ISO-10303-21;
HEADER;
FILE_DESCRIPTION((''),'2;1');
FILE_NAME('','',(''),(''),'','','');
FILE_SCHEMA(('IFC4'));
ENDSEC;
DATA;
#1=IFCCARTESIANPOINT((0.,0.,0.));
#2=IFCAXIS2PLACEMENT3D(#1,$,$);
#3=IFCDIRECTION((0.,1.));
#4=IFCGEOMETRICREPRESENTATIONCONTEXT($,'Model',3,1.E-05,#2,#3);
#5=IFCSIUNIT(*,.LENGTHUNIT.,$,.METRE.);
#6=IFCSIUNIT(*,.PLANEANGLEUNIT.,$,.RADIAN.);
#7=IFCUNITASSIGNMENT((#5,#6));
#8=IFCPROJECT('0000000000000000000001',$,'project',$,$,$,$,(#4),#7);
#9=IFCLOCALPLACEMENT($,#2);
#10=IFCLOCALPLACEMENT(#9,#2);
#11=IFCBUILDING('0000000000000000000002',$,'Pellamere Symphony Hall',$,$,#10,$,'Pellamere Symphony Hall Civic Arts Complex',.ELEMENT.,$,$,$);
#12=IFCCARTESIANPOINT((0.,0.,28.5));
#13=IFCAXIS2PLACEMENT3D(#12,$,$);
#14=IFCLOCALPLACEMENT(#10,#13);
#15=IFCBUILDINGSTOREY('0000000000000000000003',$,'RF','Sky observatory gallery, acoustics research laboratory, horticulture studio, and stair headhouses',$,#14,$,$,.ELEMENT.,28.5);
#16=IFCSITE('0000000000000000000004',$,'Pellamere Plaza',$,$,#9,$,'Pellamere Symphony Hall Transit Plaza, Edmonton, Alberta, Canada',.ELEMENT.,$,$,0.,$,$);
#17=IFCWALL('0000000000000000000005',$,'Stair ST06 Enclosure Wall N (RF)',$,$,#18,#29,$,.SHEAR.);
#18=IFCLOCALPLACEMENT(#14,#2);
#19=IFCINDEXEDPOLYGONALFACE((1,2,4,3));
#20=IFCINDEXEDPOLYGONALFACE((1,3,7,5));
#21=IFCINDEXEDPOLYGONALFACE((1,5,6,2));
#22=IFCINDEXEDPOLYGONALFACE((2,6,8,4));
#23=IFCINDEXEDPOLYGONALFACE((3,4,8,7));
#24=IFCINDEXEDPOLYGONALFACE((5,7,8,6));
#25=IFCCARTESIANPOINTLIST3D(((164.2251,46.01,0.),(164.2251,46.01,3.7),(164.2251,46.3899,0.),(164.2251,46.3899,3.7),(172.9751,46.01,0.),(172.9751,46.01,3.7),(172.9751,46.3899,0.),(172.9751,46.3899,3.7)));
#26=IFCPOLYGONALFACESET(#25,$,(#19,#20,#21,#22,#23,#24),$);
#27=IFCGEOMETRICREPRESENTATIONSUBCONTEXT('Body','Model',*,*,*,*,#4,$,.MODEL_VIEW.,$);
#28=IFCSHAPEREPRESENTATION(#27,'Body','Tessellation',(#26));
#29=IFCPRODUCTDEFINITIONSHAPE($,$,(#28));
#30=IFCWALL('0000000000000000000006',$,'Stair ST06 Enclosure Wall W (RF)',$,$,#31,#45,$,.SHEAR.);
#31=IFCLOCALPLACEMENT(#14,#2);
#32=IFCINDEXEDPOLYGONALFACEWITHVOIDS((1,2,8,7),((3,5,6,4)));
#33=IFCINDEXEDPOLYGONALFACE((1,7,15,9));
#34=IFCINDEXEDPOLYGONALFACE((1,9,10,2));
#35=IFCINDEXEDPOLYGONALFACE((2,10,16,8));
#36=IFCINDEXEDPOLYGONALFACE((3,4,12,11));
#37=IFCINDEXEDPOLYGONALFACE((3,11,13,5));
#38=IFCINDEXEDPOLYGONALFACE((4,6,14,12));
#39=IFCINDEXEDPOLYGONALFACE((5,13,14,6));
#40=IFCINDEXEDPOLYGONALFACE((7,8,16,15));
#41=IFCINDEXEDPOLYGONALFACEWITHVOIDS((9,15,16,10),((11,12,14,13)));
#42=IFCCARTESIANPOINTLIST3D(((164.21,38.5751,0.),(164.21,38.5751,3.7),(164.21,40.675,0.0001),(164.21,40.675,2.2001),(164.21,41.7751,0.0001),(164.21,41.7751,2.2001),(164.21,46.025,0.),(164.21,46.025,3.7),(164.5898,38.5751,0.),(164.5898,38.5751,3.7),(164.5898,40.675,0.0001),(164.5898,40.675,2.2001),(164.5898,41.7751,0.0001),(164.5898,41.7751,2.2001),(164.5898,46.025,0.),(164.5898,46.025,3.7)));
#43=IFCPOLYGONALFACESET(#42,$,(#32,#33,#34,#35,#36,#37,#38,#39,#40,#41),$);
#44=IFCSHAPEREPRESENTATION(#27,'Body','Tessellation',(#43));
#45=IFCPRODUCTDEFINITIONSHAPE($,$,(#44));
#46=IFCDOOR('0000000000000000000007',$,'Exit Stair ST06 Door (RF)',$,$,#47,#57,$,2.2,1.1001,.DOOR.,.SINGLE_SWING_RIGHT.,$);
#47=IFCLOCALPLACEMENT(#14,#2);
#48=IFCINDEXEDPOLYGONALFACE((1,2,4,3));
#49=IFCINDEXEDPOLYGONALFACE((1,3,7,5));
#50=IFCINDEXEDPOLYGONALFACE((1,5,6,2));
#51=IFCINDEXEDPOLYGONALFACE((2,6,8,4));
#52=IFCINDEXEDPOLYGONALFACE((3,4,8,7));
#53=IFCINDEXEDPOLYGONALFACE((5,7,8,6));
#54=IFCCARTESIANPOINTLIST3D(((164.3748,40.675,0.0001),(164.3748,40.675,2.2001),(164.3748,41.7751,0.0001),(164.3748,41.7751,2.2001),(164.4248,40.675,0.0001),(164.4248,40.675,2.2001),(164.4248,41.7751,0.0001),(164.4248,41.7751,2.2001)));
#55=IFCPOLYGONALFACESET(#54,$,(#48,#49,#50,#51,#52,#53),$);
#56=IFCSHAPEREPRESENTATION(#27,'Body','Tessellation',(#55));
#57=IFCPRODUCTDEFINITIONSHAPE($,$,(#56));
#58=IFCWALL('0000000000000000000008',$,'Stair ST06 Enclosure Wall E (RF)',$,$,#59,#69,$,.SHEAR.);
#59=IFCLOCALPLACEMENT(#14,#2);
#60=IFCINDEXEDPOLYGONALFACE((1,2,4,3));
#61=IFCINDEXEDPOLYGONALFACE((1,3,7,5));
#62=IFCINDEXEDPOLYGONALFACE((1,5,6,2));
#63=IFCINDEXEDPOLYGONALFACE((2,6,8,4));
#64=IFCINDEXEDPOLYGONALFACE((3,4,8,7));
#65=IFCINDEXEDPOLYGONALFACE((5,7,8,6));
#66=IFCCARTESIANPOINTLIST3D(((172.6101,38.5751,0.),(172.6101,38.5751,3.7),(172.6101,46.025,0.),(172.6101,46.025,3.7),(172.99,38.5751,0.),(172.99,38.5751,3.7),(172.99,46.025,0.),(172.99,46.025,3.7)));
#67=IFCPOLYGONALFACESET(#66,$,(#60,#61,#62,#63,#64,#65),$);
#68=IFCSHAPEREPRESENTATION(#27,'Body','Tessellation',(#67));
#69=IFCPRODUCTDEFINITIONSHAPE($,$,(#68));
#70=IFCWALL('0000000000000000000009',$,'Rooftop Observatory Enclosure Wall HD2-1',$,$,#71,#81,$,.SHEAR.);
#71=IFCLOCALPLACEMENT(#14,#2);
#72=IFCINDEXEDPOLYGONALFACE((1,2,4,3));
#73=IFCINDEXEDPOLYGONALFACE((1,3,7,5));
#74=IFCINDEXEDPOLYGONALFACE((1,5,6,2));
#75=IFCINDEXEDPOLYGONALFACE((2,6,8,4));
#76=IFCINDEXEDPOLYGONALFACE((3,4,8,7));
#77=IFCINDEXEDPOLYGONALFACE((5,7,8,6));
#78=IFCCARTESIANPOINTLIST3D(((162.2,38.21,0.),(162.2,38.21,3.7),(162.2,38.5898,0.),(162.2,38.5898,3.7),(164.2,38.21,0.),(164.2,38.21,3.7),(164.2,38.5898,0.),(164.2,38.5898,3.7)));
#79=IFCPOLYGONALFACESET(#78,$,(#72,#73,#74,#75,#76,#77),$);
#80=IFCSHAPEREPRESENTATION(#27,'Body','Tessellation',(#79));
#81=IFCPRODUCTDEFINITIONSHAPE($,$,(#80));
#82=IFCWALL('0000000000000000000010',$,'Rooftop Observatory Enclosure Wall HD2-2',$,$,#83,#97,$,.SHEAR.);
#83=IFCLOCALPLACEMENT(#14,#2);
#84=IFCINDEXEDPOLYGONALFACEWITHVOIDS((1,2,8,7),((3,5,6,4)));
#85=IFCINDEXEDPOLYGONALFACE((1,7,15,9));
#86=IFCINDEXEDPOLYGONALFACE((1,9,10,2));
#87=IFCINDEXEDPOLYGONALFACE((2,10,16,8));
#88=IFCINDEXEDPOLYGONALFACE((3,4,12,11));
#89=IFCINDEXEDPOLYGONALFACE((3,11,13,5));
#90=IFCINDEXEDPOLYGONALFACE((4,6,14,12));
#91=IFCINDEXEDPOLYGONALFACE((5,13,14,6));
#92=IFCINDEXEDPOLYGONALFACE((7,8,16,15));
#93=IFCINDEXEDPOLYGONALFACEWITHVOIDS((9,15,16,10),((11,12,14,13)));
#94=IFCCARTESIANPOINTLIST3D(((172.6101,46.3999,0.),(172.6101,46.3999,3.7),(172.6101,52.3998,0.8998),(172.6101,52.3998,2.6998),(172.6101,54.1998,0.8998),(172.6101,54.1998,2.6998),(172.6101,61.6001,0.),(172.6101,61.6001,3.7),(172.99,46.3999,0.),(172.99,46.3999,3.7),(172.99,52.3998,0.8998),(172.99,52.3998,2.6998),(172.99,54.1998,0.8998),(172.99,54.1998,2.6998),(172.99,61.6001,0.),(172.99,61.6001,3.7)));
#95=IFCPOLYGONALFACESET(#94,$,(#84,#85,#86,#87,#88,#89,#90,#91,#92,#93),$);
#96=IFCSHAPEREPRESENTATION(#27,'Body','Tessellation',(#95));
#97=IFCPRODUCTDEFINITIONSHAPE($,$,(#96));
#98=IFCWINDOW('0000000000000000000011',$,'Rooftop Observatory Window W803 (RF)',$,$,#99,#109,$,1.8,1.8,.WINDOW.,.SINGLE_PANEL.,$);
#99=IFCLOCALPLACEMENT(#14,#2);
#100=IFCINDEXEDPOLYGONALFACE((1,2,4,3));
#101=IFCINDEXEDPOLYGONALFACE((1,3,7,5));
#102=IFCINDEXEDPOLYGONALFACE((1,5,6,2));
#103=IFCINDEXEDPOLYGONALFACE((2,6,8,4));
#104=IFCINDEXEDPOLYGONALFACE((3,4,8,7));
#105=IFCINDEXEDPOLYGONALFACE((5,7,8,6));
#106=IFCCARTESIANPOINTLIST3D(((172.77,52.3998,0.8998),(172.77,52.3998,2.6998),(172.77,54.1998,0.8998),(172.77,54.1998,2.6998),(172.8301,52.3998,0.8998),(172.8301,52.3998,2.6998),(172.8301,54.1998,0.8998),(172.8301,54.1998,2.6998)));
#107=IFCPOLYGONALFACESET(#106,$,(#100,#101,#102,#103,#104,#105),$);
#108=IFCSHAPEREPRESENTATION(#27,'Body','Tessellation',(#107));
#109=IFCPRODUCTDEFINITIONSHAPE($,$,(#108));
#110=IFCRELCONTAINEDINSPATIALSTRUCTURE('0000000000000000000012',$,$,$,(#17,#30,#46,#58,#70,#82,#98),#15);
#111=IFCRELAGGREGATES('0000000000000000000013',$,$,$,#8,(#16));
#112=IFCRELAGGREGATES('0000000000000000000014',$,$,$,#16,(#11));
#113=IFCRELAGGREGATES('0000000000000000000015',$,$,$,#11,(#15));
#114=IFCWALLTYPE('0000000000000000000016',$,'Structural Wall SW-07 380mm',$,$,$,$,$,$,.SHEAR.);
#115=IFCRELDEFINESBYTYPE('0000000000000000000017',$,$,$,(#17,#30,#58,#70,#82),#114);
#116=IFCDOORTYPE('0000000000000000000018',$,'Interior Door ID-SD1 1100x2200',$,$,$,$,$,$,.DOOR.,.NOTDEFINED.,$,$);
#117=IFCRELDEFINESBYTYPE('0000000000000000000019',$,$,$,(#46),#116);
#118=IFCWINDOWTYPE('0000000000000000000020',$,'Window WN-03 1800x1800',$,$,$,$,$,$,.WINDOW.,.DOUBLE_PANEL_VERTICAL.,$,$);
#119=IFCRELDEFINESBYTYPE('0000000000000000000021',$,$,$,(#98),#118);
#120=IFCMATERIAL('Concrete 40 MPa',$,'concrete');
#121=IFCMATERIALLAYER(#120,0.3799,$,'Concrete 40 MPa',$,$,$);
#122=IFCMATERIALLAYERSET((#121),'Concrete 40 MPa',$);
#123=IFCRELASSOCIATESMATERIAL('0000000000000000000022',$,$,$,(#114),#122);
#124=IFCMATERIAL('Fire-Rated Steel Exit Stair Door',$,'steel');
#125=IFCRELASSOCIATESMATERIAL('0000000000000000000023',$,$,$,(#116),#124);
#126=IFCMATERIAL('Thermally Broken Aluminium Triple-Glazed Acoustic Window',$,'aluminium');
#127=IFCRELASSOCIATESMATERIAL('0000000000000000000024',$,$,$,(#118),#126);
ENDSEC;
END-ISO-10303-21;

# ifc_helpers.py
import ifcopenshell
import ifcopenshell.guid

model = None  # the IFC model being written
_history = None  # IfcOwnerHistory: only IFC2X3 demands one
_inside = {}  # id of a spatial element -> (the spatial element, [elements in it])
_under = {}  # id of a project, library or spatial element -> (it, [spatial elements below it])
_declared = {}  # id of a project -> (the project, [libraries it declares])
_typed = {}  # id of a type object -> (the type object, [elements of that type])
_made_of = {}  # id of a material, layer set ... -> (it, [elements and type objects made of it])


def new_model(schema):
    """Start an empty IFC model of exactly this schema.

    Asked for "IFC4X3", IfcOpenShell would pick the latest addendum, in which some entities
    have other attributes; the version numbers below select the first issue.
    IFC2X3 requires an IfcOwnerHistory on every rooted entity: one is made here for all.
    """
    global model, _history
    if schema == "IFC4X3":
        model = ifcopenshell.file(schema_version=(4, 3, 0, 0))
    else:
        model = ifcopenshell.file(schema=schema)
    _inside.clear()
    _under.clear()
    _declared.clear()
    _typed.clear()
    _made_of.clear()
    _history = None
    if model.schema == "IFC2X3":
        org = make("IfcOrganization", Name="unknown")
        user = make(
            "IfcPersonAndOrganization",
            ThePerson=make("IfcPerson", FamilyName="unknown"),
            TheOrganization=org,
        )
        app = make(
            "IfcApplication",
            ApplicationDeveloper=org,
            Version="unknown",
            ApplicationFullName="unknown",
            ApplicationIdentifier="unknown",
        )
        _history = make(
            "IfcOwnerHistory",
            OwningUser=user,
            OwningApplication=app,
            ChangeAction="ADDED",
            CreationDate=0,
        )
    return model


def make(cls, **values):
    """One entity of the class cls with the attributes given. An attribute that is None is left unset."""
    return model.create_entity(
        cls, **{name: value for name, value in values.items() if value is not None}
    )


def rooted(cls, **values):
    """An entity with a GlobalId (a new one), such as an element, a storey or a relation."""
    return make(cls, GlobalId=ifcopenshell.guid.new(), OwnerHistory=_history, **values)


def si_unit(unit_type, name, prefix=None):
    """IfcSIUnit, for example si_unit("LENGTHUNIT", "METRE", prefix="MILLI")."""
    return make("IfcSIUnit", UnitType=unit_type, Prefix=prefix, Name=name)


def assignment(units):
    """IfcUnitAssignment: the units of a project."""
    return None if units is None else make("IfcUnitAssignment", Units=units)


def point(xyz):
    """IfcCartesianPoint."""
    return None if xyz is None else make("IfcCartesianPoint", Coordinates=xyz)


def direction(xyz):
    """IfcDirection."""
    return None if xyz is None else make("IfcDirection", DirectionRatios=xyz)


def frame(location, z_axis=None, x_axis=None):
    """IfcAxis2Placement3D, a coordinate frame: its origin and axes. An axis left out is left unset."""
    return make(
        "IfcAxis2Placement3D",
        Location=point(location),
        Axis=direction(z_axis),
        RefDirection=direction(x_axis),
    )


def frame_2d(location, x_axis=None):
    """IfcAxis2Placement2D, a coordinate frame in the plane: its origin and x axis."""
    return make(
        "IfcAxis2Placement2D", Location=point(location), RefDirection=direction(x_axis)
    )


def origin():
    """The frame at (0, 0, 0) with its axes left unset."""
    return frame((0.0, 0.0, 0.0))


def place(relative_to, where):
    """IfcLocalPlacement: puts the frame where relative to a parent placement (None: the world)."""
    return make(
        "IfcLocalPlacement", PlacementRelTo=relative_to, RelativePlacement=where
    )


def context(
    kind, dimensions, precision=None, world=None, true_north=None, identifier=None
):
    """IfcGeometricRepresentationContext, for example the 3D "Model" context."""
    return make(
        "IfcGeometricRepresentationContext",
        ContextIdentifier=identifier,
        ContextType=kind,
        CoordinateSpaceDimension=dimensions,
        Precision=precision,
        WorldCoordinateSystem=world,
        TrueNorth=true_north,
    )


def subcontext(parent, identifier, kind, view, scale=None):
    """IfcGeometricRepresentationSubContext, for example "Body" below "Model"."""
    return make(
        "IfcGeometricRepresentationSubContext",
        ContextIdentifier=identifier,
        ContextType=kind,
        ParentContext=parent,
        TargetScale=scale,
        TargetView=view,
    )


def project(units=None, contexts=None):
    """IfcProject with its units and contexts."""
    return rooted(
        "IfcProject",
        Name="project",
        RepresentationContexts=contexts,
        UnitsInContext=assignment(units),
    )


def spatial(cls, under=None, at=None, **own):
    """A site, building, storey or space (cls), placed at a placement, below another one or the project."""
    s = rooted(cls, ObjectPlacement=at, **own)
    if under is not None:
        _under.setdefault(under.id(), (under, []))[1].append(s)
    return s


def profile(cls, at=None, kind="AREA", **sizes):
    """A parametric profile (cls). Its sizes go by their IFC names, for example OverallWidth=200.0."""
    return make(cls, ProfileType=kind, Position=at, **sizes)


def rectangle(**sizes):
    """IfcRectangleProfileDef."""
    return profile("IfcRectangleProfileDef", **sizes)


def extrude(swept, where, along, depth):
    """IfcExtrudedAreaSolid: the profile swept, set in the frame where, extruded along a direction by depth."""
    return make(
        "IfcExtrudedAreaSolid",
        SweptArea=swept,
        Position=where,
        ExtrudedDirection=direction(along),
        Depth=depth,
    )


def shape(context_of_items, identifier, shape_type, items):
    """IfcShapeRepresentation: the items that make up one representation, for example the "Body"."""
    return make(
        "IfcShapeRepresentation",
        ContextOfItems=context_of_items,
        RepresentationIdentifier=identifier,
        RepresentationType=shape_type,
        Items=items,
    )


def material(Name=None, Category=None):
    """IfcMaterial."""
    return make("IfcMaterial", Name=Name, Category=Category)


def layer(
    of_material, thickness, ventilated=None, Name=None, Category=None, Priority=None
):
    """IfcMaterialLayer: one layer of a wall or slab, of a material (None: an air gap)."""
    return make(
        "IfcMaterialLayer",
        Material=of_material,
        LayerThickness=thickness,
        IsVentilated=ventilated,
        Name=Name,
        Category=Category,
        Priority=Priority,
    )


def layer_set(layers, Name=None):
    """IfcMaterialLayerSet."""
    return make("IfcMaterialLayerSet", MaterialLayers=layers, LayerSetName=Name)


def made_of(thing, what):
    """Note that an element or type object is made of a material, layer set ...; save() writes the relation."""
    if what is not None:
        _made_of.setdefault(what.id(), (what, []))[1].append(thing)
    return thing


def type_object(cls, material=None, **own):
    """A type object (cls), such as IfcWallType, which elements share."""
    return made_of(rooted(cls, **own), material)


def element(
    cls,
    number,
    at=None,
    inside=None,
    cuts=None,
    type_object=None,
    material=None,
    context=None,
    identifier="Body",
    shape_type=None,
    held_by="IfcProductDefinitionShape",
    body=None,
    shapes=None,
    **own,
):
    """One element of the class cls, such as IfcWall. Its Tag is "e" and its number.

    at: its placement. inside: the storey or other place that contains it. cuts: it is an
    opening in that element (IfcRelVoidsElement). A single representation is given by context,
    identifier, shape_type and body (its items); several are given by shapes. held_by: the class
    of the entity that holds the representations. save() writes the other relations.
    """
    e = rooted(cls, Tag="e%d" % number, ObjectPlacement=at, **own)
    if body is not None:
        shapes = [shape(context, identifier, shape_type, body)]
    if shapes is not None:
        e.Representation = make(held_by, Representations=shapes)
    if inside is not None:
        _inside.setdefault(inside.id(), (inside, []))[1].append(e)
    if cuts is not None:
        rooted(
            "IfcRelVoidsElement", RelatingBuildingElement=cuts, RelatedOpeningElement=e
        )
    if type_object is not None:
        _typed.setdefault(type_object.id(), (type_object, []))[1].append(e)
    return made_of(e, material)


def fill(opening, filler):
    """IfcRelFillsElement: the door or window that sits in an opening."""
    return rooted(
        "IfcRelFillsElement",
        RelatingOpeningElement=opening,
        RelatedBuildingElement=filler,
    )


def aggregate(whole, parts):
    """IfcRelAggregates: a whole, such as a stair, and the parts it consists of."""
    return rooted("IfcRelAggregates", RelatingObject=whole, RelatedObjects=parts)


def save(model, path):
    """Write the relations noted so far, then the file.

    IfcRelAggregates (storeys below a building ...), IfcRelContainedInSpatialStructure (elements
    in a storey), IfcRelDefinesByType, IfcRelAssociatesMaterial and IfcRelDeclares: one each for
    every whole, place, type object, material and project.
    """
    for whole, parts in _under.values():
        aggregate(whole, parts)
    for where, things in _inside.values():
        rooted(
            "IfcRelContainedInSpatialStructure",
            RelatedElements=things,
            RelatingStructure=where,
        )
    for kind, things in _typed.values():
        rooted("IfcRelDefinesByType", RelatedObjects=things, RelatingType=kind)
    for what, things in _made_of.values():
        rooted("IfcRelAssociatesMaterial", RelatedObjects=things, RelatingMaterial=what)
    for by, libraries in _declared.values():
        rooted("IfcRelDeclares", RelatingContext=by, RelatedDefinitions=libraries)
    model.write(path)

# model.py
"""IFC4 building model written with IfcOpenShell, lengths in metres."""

from ifc_helpers import new_model, si_unit, direction, frame, frame_2d, origin, place, context, subcontext, project, spatial, rectangle, extrude, material, layer, layer_set, type_object, element, fill, save


model = new_model("IFC4")

# Units and contexts
model_context = context("Model", 3, precision=1e-05, world=origin(), true_north=direction((0.0, 1.0)))
body_context = subcontext(model_context, "Body", "Model", "MODEL_VIEW")
ifc_project = project(units=[si_unit("LENGTHUNIT", "METRE"), si_unit("PLANEANGLEUNIT", "RADIAN")], contexts=[model_context])

# Site, building, storey
site_placement = place(None, origin())
site = spatial("IfcSite", under=ifc_project, at=site_placement, Name="Pellamere Plaza", LongName="Pellamere Symphony Hall Transit Plaza, Edmonton, Alberta, Canada", CompositionType="ELEMENT", RefElevation=0.0)
building_placement = place(site_placement, origin())
building = spatial("IfcBuilding", under=site, at=building_placement, Name="Pellamere Symphony Hall", LongName="Pellamere Symphony Hall Civic Arts Complex", CompositionType="ELEMENT")
storey_placement = place(building_placement, frame((0.0, 0.0, 28.5)))
storey = spatial("IfcBuildingStorey", under=building, at=storey_placement, Name="RF", Description="Sky observatory gallery, acoustics research laboratory, horticulture studio, and stair headhouses", CompositionType="ELEMENT", Elevation=28.5)

# Shared definitions
ifc_material_1 = material(Name="Concrete 40 MPa", Category="concrete")

# Wall
ifc_layer_1 = layer(ifc_material_1, 0.3799, Name="Concrete 40 MPa")
ifc_layer_set_1 = layer_set([ifc_layer_1], Name="Concrete 40 MPa")
wall_type_1 = type_object("IfcWallType", Name="Structural Wall SW-07 380mm", PredefinedType="SHEAR", material=ifc_layer_set_1)
for number, where, z_axis, x_axis, name in (
    (1, (164.2251, 46.2, 0.0), (0.0, 0.0, 1.0), (1.0, 0.0, 0.0), "Stair ST06 Enclosure Wall N (RF)"),
):
    element("IfcWall", number, at=place(storey_placement, frame(where, z_axis=z_axis, x_axis=x_axis)), inside=storey, type_object=wall_type_1, Name=name, PredefinedType="SHEAR", context=body_context, shape_type="SweptSolid", body=[
        extrude(rectangle(XDim=8.75, YDim=0.3799, at=frame_2d((4.375, 0.0))), origin(), (0.0, 0.0, 1.0), 3.7),
    ])

# Wall, opening, door
wall_1_placement = place(storey_placement, frame((164.3999, 38.575, 0.0), z_axis=(0.0, 0.0, 1.0), x_axis=(0.0, 1.0, 0.0)))
wall_1 = element("IfcWall", 2, at=wall_1_placement, inside=storey, type_object=wall_type_1, Name="Stair ST06 Enclosure Wall W (RF)", PredefinedType="SHEAR", context=body_context, shape_type="SweptSolid", body=[
    extrude(rectangle(XDim=7.45, YDim=0.3799, at=frame_2d((3.7251, 0.0))), origin(), (0.0, 0.0, 1.0), 3.7),
])
opening_1_placement = place(wall_1_placement, frame((2.1001, 0.0, 0.0)))
opening_1 = element("IfcOpeningElement", 3, at=opening_1_placement, cuts=wall_1, PredefinedType="OPENING", context=body_context, shape_type="SweptSolid", body=[
    extrude(rectangle(XDim=1.1001, YDim=2.2, at=frame_2d((0.55, 1.1001))), frame((0.0, 0.2, 0.0), z_axis=(0.0, -1.0, 0.0), x_axis=(1.0, 0.0, 0.0)), (0.0, 0.0, 1.0), 0.3999),
])
ifc_material_2 = material(Name="Fire-Rated Steel Exit Stair Door", Category="steel")
door_type_1 = type_object("IfcDoorType", Name="Interior Door ID-SD1 1100x2200", OperationType="NOTDEFINED", PredefinedType="DOOR", material=ifc_material_2)
door_1_placement = place(opening_1_placement, frame((1.1001, 0.0, 0.0), z_axis=(0.0, 0.0, 1.0), x_axis=(-1.0, 0.0, 0.0)))
door_1 = element("IfcDoor", 4, at=door_1_placement, inside=storey, type_object=door_type_1, Name="Exit Stair ST06 Door (RF)", OperationType="SINGLE_SWING_RIGHT", OverallHeight=2.2, OverallWidth=1.1001, PredefinedType="DOOR", context=body_context, shape_type="SweptSolid", body=[
    extrude(rectangle(XDim=1.1001, YDim=2.2, at=frame_2d((0.55, 1.1001))), frame((0.0, 0.0249, 0.0), z_axis=(0.0, -1.0, 0.0), x_axis=(1.0, 0.0, 0.0)), (0.0, 0.0, 1.0), 0.05),
])
fill(opening_1, door_1)

# Walls
wall_2_placement = place(storey_placement, frame((172.8, 38.575, 0.0), z_axis=(0.0, 0.0, 1.0), x_axis=(0.0, 1.0, 0.0)))
element("IfcWall", 5, at=wall_2_placement, inside=storey, type_object=wall_type_1, Name="Stair ST06 Enclosure Wall E (RF)", PredefinedType="SHEAR", context=body_context, shape_type="SweptSolid", body=[
    extrude(rectangle(XDim=7.45, YDim=0.3799, at=frame_2d((3.7251, 0.0))), origin(), (0.0, 0.0, 1.0), 3.7),
])
wall_3_placement = place(storey_placement, frame((162.2, 38.3999, 0.0), z_axis=(0.0, 0.0, 1.0), x_axis=(1.0, 0.0, 0.0)))
element("IfcWall", 6, at=wall_3_placement, inside=storey, type_object=wall_type_1, Name="Rooftop Observatory Enclosure Wall HD2-1", PredefinedType="SHEAR", context=body_context, shape_type="SweptSolid", body=[
    extrude(rectangle(XDim=2.0, YDim=0.3799, at=frame_2d((1.0, 0.0))), origin(), (0.0, 0.0, 1.0), 3.7),
])

# Wall, opening, window
wall_4_placement = place(storey_placement, frame((172.8, 46.3999, 0.0), z_axis=(0.0, 0.0, 1.0), x_axis=(0.0, 1.0, 0.0)))
wall_4 = element("IfcWall", 7, at=wall_4_placement, inside=storey, type_object=wall_type_1, Name="Rooftop Observatory Enclosure Wall HD2-2", PredefinedType="SHEAR", context=body_context, shape_type="SweptSolid", body=[
    extrude(rectangle(XDim=15.2002, YDim=0.3799, at=frame_2d((7.6001, 0.0))), origin(), (0.0, 0.0, 1.0), 3.7),
])
opening_2_placement = place(wall_4_placement, frame((6.0, 0.0, 0.8999)))
opening_2 = element("IfcOpeningElement", 8, at=opening_2_placement, cuts=wall_4, PredefinedType="OPENING", context=body_context, shape_type="SweptSolid", body=[
    extrude(rectangle(XDim=1.8, YDim=1.8, at=frame_2d((0.8999, 0.8999))), frame((0.0, 0.2, 0.0), z_axis=(0.0, -1.0, 0.0), x_axis=(1.0, 0.0, 0.0)), (0.0, 0.0, 1.0), 0.3999),
])
ifc_material_3 = material(Name="Thermally Broken Aluminium Triple-Glazed Acoustic Window", Category="aluminium")
window_type = type_object("IfcWindowType", Name="Window WN-03 1800x1800", PartitioningType="DOUBLE_PANEL_VERTICAL", PredefinedType="WINDOW", material=ifc_material_3)
window_placement = place(opening_2_placement, origin())
window = element("IfcWindow", 9, at=window_placement, inside=storey, type_object=window_type, Name="Rooftop Observatory Window W803 (RF)", OverallHeight=1.8, OverallWidth=1.8, PartitioningType="SINGLE_PANEL", PredefinedType="WINDOW", context=body_context, shape_type="SweptSolid", body=[
    extrude(rectangle(XDim=1.8, YDim=1.8, at=frame_2d((0.8999, 0.8999))), frame((0.0, 0.03, 0.0), z_axis=(0.0, -1.0, 0.0), x_axis=(1.0, 0.0, 0.0)), (0.0, 0.0, 1.0), 0.0601),
])
fill(opening_2, window)

save(model, "model.ifc")
